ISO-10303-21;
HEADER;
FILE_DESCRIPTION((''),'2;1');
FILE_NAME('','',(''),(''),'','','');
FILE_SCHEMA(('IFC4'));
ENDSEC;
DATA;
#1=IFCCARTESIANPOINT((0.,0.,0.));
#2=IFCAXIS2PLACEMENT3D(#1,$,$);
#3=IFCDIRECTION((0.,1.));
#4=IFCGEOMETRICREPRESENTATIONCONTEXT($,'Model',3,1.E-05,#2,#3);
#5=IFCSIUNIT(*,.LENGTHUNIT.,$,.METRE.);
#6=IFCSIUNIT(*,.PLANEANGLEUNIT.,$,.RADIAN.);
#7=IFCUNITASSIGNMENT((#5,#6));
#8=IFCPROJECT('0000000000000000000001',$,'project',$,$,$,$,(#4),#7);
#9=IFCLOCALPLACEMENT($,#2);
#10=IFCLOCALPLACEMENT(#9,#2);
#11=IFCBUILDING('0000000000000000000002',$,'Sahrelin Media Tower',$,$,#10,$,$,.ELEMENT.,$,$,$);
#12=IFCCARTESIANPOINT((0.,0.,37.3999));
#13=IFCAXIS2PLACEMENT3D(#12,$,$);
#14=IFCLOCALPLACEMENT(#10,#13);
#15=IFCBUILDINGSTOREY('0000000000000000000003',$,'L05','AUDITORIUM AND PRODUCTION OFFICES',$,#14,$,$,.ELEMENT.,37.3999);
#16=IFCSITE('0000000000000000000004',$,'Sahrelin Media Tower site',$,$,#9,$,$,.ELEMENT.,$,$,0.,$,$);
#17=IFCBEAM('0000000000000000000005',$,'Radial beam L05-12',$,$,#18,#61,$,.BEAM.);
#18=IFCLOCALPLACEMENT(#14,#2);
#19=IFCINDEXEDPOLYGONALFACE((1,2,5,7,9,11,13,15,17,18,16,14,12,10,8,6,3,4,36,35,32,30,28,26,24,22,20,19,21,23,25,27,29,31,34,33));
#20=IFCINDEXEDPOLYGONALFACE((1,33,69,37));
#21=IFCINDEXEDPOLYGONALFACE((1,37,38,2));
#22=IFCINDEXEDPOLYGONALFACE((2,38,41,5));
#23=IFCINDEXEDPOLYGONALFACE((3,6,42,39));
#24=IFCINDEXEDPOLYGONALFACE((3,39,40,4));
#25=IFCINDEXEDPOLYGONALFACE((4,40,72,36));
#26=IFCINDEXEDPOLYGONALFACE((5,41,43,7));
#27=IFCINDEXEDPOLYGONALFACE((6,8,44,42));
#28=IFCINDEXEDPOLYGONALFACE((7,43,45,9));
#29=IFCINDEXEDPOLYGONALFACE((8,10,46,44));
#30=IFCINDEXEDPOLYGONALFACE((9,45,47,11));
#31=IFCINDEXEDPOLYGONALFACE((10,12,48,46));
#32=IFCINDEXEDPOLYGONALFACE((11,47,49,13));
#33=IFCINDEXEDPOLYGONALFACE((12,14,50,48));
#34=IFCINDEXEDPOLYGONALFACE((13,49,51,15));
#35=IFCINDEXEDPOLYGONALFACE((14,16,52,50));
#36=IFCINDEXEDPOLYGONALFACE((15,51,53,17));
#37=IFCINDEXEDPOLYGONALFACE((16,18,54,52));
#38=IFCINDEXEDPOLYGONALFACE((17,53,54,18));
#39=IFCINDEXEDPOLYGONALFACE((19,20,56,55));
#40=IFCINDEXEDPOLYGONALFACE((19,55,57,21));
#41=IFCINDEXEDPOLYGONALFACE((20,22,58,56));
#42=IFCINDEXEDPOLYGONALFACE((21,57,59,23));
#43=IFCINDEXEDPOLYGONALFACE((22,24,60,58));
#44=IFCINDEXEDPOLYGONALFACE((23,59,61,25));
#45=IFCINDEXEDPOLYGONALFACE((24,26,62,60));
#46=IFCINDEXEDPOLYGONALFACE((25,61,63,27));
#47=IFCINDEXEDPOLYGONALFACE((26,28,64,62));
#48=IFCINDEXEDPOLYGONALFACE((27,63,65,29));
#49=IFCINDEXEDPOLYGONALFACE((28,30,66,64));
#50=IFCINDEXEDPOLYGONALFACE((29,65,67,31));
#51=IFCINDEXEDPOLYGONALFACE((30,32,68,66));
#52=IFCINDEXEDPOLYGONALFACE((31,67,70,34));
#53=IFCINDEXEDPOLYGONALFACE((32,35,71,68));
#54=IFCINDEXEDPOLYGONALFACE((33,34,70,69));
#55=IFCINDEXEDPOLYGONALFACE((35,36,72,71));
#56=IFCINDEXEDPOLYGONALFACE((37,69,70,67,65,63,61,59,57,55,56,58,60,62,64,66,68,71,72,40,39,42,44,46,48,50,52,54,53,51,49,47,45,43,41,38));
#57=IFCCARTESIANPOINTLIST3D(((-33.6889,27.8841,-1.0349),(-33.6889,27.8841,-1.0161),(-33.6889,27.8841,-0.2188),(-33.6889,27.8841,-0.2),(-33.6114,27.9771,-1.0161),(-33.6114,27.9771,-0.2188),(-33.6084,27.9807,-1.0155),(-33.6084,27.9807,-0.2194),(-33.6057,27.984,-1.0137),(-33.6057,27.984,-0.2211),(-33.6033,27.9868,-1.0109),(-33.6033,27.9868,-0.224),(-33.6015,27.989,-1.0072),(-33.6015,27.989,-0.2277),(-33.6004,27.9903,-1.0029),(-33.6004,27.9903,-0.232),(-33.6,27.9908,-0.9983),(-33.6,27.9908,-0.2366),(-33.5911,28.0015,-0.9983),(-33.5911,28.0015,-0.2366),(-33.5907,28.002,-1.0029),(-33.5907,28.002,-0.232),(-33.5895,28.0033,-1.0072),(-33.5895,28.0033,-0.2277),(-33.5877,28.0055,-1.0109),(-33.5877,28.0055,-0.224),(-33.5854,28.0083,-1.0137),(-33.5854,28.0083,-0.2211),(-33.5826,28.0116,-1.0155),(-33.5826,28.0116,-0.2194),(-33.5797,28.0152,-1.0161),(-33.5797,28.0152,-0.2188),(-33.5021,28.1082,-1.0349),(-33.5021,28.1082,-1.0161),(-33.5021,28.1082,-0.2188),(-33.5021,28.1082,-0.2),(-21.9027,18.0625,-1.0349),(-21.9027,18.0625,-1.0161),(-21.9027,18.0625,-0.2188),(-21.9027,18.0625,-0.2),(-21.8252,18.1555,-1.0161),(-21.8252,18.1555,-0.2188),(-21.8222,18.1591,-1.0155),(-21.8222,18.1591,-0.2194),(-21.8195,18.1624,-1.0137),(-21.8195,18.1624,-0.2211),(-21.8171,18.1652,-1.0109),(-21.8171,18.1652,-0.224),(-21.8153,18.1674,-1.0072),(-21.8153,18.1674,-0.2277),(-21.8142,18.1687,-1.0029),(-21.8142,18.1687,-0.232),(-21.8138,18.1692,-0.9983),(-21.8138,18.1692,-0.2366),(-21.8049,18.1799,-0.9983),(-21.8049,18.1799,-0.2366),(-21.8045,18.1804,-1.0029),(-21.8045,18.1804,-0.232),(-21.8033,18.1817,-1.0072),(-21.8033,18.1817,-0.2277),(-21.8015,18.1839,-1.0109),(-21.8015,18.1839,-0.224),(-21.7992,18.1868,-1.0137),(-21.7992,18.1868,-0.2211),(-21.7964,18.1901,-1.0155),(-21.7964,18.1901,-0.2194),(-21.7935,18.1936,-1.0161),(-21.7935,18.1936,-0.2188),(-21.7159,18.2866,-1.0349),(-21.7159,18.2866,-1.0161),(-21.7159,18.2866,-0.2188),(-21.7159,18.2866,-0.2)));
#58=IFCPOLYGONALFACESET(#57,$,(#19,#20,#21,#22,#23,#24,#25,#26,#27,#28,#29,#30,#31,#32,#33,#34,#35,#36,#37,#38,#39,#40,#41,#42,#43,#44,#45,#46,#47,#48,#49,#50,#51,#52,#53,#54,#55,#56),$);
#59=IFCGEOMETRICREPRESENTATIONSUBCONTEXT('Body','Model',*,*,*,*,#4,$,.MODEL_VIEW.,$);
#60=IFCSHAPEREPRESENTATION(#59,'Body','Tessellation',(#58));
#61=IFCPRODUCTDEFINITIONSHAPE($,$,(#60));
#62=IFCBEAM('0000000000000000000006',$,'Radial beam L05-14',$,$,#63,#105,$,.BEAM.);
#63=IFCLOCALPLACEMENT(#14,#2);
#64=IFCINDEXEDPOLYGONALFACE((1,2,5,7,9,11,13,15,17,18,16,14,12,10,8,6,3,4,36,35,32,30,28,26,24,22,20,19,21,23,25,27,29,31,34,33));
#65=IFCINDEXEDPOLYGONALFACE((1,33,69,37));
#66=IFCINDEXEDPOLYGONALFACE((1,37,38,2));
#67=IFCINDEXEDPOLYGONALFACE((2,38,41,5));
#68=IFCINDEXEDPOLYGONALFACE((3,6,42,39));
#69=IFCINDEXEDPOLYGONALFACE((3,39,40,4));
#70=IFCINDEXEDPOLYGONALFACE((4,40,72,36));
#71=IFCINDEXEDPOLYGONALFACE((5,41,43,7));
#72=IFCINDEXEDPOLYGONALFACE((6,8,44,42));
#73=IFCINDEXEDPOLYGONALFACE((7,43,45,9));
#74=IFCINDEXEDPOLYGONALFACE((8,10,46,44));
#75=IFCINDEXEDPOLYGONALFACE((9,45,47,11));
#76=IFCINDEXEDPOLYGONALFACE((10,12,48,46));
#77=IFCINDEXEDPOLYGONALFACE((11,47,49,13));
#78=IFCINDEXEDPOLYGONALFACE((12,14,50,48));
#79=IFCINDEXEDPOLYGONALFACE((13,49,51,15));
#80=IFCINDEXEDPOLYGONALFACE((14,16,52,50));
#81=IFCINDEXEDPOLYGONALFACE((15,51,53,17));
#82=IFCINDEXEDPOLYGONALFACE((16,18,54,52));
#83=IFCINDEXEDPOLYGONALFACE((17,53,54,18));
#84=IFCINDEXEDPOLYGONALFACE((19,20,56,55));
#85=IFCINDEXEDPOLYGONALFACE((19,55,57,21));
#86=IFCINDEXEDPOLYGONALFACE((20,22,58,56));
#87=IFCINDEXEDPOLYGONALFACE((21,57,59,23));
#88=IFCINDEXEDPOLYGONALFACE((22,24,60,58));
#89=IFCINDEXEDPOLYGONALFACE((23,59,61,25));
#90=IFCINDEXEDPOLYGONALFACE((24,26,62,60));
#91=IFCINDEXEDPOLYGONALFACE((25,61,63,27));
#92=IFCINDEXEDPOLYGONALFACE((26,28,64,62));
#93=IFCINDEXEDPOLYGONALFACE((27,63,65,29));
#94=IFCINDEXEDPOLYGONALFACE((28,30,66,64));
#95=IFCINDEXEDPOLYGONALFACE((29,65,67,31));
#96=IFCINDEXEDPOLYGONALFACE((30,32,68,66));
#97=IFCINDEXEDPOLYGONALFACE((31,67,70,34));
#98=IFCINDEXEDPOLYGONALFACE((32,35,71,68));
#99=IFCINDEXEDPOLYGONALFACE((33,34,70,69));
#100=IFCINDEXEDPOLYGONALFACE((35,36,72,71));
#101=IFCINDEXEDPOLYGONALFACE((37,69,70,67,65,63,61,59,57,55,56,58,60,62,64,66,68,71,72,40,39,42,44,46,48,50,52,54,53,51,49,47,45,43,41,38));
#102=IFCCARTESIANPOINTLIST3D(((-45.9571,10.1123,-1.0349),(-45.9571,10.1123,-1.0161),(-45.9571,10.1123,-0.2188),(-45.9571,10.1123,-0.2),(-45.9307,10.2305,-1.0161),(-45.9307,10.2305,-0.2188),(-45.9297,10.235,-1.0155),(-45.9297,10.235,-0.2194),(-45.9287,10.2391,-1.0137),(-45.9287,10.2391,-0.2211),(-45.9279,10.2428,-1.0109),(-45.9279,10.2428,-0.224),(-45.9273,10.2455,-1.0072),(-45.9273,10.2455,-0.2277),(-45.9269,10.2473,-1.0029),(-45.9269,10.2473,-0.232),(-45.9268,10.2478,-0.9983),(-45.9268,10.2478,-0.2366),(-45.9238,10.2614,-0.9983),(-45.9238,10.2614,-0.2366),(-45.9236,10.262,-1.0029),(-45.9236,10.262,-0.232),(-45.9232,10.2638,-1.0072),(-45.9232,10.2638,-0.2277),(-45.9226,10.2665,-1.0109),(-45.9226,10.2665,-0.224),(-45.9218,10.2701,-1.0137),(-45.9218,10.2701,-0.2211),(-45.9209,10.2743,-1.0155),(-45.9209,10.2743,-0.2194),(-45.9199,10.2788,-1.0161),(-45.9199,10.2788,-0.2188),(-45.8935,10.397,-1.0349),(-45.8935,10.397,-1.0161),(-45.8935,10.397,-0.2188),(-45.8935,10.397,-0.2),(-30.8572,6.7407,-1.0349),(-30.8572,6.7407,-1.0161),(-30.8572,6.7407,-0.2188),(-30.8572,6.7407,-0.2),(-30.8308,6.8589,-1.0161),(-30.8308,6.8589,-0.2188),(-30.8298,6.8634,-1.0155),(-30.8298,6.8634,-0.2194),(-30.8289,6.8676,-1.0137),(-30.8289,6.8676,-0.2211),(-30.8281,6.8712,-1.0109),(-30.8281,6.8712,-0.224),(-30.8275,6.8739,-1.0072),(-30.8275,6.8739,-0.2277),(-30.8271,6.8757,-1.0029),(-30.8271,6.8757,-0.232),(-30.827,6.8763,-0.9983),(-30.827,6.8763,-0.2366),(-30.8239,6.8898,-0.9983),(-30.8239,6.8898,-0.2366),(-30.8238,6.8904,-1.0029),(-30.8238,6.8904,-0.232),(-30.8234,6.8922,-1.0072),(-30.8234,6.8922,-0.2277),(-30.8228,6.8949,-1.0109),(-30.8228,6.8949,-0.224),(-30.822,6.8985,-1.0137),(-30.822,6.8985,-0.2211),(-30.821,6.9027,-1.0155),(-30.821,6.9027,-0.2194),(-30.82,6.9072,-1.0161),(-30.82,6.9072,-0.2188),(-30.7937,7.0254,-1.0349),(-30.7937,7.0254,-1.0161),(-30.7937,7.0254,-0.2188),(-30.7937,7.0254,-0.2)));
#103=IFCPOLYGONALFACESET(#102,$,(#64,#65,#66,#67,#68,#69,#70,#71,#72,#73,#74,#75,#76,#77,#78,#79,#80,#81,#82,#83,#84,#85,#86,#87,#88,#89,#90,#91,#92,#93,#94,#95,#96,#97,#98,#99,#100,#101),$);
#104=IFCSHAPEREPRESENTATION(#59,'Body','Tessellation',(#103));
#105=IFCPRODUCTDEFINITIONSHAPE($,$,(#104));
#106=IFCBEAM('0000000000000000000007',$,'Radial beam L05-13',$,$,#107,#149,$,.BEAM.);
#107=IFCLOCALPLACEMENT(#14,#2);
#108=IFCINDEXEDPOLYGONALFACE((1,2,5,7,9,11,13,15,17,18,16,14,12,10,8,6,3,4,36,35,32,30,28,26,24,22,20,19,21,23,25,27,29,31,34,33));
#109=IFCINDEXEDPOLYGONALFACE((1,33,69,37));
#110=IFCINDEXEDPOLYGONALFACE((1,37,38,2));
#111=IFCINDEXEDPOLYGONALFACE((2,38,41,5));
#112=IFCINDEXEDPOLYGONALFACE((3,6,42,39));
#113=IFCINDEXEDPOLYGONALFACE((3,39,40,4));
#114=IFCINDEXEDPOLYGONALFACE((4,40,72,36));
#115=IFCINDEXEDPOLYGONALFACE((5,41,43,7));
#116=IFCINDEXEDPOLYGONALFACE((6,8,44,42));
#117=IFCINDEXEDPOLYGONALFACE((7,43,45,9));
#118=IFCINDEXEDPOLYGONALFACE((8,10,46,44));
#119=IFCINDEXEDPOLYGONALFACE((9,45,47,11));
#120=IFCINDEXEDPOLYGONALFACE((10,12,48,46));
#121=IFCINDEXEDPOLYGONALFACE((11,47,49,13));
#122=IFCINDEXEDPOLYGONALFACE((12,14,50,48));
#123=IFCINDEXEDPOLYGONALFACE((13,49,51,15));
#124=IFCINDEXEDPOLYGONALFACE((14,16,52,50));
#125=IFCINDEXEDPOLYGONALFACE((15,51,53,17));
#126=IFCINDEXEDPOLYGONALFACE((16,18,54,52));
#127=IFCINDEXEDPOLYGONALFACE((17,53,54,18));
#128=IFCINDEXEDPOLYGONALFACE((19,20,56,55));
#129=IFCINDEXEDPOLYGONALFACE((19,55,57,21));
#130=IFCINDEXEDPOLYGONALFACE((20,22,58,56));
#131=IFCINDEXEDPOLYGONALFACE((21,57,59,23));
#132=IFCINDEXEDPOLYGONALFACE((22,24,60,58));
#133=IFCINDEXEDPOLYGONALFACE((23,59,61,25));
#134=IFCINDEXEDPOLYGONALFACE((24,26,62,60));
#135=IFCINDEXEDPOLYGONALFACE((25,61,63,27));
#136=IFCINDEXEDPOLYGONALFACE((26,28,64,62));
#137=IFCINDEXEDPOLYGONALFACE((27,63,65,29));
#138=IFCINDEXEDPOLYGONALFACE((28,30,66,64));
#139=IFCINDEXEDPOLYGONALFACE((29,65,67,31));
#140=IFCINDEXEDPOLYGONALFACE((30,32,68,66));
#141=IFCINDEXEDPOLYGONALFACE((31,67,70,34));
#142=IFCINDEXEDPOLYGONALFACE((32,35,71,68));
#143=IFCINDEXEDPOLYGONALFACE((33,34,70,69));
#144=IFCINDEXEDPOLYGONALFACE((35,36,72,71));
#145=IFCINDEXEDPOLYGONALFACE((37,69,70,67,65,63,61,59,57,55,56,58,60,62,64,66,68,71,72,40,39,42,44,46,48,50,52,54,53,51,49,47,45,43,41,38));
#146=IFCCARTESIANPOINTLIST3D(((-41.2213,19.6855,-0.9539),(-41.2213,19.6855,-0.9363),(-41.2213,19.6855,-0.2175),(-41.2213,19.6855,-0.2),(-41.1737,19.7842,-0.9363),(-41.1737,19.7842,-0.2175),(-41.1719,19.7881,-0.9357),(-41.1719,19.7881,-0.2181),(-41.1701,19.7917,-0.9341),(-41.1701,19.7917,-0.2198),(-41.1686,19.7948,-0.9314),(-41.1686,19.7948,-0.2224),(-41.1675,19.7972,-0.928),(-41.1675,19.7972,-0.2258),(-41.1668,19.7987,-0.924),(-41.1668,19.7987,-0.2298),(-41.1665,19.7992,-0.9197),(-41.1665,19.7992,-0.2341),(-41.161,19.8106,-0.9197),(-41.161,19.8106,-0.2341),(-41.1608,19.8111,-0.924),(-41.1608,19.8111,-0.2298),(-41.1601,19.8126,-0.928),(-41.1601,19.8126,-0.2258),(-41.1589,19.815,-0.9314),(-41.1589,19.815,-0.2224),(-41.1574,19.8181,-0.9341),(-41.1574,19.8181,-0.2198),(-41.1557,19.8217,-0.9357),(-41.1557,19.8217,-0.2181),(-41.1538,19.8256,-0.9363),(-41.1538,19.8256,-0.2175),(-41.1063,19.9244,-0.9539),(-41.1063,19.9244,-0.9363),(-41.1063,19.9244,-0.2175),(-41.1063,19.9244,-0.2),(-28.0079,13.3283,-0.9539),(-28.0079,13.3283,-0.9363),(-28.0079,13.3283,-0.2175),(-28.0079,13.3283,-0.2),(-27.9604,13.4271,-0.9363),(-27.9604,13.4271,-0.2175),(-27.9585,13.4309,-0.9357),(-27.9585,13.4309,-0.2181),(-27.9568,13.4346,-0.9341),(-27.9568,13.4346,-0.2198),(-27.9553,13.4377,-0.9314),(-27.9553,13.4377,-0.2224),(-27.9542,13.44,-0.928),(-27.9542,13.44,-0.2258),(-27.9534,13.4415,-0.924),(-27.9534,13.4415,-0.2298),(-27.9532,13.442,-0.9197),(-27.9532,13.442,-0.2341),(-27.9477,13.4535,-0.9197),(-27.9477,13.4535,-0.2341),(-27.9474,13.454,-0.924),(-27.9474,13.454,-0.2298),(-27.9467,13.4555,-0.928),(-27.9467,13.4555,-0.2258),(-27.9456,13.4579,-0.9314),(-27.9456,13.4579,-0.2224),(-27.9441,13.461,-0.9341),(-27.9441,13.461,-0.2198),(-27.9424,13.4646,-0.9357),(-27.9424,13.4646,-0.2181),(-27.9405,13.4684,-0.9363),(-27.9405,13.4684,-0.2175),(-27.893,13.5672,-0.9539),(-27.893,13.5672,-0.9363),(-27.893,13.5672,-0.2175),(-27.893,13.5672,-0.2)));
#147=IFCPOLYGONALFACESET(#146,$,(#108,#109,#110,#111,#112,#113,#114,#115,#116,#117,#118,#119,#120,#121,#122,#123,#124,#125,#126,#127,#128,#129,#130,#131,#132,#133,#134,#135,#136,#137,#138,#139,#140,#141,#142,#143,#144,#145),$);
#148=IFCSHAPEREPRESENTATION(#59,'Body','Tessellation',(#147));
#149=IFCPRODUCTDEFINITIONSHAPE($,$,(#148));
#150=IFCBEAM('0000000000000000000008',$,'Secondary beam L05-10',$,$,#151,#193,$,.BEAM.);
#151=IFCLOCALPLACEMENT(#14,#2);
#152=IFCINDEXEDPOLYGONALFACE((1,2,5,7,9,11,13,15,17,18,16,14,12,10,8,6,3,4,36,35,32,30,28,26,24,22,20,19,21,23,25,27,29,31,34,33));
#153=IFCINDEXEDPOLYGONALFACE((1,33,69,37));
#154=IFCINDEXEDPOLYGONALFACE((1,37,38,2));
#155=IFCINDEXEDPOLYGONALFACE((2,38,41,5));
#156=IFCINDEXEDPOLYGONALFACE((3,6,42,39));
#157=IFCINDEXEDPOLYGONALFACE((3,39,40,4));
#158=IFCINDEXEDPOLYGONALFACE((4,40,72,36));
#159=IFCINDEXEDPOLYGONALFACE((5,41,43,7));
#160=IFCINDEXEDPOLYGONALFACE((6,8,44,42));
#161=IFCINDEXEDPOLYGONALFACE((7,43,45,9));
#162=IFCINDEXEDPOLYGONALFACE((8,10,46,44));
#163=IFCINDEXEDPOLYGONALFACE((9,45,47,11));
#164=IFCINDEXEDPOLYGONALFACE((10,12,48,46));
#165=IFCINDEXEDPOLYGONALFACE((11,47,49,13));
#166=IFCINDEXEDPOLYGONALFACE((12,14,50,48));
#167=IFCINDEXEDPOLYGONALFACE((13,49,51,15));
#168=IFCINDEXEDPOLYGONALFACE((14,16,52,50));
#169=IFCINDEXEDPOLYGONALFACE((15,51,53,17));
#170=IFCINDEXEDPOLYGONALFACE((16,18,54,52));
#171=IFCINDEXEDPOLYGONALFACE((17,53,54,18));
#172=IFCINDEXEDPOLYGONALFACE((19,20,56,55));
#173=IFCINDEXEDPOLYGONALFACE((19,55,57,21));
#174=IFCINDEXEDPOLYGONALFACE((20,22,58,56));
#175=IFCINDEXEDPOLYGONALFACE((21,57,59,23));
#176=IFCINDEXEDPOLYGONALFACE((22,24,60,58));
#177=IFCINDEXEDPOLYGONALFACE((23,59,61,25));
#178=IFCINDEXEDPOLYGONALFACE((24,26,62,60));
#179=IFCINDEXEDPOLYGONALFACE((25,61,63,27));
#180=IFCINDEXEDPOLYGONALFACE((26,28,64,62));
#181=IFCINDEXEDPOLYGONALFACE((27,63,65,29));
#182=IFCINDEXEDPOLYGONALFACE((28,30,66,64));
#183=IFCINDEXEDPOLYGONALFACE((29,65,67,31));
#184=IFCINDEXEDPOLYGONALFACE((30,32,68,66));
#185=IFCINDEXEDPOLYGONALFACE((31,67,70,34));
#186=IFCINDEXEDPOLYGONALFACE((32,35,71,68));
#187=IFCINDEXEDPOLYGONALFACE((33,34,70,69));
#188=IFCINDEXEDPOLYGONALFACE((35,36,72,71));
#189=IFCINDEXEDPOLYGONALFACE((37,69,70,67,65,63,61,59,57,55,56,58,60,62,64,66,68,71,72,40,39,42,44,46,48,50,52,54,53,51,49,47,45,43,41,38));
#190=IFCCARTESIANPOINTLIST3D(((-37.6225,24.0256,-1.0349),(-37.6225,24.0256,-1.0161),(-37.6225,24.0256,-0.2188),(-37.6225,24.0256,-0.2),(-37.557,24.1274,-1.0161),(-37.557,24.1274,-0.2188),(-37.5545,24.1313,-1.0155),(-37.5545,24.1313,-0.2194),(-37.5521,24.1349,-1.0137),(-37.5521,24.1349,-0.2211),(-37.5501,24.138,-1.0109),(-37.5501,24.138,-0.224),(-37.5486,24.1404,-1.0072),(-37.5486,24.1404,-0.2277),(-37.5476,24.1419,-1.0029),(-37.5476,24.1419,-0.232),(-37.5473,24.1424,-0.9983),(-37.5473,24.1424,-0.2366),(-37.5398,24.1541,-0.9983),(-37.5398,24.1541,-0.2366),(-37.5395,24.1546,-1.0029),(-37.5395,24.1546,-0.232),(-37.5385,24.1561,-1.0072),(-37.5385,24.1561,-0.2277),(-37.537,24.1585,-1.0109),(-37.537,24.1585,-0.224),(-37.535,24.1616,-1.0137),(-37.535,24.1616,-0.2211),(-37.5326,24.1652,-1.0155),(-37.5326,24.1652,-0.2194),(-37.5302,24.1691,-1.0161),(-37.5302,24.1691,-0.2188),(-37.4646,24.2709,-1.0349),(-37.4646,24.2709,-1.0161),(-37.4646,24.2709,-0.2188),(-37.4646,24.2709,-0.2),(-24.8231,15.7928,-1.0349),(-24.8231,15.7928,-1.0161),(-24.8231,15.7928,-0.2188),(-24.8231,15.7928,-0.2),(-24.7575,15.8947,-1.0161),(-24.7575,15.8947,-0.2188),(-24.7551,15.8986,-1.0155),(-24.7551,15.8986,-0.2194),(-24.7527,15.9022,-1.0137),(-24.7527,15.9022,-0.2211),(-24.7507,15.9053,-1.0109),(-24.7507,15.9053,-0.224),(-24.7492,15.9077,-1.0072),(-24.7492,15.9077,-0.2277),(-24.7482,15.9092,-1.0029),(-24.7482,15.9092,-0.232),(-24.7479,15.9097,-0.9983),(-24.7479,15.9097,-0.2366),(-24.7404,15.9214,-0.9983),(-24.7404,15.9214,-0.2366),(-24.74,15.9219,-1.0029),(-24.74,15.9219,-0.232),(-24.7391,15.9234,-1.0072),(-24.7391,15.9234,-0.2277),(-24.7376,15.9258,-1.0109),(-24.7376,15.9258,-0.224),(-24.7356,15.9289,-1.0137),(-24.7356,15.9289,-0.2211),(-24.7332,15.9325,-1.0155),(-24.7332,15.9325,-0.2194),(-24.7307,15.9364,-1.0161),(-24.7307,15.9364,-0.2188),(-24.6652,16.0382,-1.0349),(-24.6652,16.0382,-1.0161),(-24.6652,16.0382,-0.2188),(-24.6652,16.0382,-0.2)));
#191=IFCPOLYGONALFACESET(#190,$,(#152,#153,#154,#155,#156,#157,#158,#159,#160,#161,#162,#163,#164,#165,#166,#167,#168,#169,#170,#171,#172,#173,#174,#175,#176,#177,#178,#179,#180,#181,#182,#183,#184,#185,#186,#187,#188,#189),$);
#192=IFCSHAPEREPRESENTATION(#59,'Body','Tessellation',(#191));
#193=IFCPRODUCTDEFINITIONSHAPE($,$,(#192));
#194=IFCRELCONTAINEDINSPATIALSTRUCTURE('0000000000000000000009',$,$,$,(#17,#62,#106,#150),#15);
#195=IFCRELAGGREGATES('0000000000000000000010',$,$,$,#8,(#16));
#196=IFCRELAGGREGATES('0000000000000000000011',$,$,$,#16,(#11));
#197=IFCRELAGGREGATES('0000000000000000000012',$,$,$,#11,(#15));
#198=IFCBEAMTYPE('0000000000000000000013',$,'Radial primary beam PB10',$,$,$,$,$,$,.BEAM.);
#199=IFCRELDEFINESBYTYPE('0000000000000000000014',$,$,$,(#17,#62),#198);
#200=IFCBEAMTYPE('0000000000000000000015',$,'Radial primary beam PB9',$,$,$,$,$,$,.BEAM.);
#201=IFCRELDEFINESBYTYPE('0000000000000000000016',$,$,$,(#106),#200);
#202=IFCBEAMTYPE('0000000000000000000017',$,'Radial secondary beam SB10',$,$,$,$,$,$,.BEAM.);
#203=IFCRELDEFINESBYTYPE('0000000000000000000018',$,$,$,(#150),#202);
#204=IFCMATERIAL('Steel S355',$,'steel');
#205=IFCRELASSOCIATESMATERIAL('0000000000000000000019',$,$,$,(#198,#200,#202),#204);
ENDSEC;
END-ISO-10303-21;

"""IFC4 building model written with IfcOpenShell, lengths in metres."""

from ifc_helpers import new_model, si_unit, direction, frame, origin, origin_2d, place, context, subcontext, project, spatial, i_section, extrude, material, material_profile, profile_set, type_object, element, save


model = new_model("IFC4")

# Units and contexts
model_context = context("Model", 3, precision=1e-05, world=origin(), true_north=direction((0.0, 1.0)))
body_context = subcontext(model_context, "Body", "Model", "MODEL_VIEW")
ifc_project = project(units=[si_unit("LENGTHUNIT", "METRE"), si_unit("PLANEANGLEUNIT", "RADIAN")], contexts=[model_context])

# Site, building, storey
site_placement = place(None, origin())
site = spatial("IfcSite", under=ifc_project, at=site_placement, Name="Sahrelin Media Tower site", CompositionType="ELEMENT", RefElevation=0.0)
building_placement = place(site_placement, origin())
building = spatial("IfcBuilding", under=site, at=building_placement, Name="Sahrelin Media Tower", CompositionType="ELEMENT")
storey_placement = place(building_placement, frame((0.0, 0.0, 37.3999)))
storey = spatial("IfcBuildingStorey", under=building, at=storey_placement, Name="L05", Description="AUDITORIUM AND PRODUCTION OFFICES", CompositionType="ELEMENT", Elevation=37.3999)

# Beams
ifc_material_1 = material(Name="Steel S355", Category="steel")
ifc_material_profile_1 = material_profile(ifc_material_1, i_section(OverallWidth=0.2917, OverallDepth=0.835, WebThickness=0.0139, FlangeThickness=0.0188, FilletRadius=0.0178, at=origin_2d()), Name="UB 838x292x176")
ifc_profile_set_1 = profile_set([ifc_material_profile_1], Name="Steel S355")
beam_type_1 = type_object("IfcBeamType", Name="Radial primary beam PB10", PredefinedType="BEAM", material=ifc_profile_set_1)
beam_1_placement = place(storey_placement, frame((-21.8093, 18.1746, -0.6174), z_axis=(-0.768229, 0.640175, 0.0), x_axis=(-0.640175, -0.768229, 0.0)))
element("IfcBeam", 1, at=beam_1_placement, inside=storey, type_object=beam_type_1, Name="Radial beam L05-12", PredefinedType="BEAM", context=body_context, shape_type="SweptSolid", body=[
    extrude(i_section(OverallWidth=0.2917, OverallDepth=0.835, WebThickness=0.0139, FlangeThickness=0.0188, FilletRadius=0.0178, at=origin_2d()), origin(), (0.0, 0.0, 1.0), 15.342),
])
beam_2_placement = place(storey_placement, frame((-30.8254, 6.8831, -0.6174), z_axis=(-0.975967, 0.217919, 0.0), x_axis=(-0.217919, -0.975967, 0.0)))
element("IfcBeam", 2, at=beam_2_placement, inside=storey, type_object=beam_type_1, Name="Radial beam L05-14", PredefinedType="BEAM", context=body_context, shape_type="SweptSolid", body=[
    extrude(i_section(OverallWidth=0.2917, OverallDepth=0.835, WebThickness=0.0139, FlangeThickness=0.0188, FilletRadius=0.0178, at=origin_2d()), origin(), (0.0, 0.0, 1.0), 15.4717),
])
ifc_material_profile_2 = material_profile(ifc_material_1, i_section(OverallWidth=0.2651, OverallDepth=0.7539, WebThickness=0.0127, FlangeThickness=0.0176, FilletRadius=0.0166, at=origin_2d()), Name="UB 762x267x147")
ifc_profile_set_2 = profile_set([ifc_material_profile_2], Name="Steel S355")
beam_type_2 = type_object("IfcBeamType", Name="Radial primary beam PB9", PredefinedType="BEAM", material=ifc_profile_set_2)
beam_3_placement = place(storey_placement, frame((-27.9504, 13.4478, -0.5769), z_axis=(-0.90113, 0.433549, 0.0), x_axis=(-0.433549, -0.90113, 0.0)))
element("IfcBeam", 3, at=beam_3_placement, inside=storey, type_object=beam_type_2, Name="Radial beam L05-13", PredefinedType="BEAM", context=body_context, shape_type="SweptSolid", body=[
    extrude(i_section(OverallWidth=0.2651, OverallDepth=0.7539, WebThickness=0.0127, FlangeThickness=0.0176, FilletRadius=0.0166, at=origin_2d()), origin(), (0.0, 0.0, 1.0), 14.6631),
])
ifc_material_profile_3 = material_profile(ifc_material_1, i_section(OverallWidth=0.2917, OverallDepth=0.835, WebThickness=0.0139, FlangeThickness=0.0188, FilletRadius=0.0178, at=origin_2d()), Name="UB 838x292x176")
ifc_profile_set_3 = profile_set([ifc_material_profile_3], Name="Steel S355")
beam_type_3 = type_object("IfcBeamType", Name="Radial secondary beam SB10", PredefinedType="BEAM", material=ifc_profile_set_3)
beam_4_placement = place(storey_placement, frame((-24.7441, 15.9155, -0.6174), z_axis=(-0.841043, 0.540968, 0.0), x_axis=(-0.540968, -0.841043, 0.0)))
element("IfcBeam", 4, at=beam_4_placement, inside=storey, type_object=beam_type_3, Name="Secondary beam L05-10", PredefinedType="BEAM", context=body_context, shape_type="SweptSolid", body=[
    extrude(i_section(OverallWidth=0.2917, OverallDepth=0.835, WebThickness=0.0139, FlangeThickness=0.0188, FilletRadius=0.0178, at=origin_2d()), origin(), (0.0, 0.0, 1.0), 15.2185),
])

save(model, "model.ifc")
